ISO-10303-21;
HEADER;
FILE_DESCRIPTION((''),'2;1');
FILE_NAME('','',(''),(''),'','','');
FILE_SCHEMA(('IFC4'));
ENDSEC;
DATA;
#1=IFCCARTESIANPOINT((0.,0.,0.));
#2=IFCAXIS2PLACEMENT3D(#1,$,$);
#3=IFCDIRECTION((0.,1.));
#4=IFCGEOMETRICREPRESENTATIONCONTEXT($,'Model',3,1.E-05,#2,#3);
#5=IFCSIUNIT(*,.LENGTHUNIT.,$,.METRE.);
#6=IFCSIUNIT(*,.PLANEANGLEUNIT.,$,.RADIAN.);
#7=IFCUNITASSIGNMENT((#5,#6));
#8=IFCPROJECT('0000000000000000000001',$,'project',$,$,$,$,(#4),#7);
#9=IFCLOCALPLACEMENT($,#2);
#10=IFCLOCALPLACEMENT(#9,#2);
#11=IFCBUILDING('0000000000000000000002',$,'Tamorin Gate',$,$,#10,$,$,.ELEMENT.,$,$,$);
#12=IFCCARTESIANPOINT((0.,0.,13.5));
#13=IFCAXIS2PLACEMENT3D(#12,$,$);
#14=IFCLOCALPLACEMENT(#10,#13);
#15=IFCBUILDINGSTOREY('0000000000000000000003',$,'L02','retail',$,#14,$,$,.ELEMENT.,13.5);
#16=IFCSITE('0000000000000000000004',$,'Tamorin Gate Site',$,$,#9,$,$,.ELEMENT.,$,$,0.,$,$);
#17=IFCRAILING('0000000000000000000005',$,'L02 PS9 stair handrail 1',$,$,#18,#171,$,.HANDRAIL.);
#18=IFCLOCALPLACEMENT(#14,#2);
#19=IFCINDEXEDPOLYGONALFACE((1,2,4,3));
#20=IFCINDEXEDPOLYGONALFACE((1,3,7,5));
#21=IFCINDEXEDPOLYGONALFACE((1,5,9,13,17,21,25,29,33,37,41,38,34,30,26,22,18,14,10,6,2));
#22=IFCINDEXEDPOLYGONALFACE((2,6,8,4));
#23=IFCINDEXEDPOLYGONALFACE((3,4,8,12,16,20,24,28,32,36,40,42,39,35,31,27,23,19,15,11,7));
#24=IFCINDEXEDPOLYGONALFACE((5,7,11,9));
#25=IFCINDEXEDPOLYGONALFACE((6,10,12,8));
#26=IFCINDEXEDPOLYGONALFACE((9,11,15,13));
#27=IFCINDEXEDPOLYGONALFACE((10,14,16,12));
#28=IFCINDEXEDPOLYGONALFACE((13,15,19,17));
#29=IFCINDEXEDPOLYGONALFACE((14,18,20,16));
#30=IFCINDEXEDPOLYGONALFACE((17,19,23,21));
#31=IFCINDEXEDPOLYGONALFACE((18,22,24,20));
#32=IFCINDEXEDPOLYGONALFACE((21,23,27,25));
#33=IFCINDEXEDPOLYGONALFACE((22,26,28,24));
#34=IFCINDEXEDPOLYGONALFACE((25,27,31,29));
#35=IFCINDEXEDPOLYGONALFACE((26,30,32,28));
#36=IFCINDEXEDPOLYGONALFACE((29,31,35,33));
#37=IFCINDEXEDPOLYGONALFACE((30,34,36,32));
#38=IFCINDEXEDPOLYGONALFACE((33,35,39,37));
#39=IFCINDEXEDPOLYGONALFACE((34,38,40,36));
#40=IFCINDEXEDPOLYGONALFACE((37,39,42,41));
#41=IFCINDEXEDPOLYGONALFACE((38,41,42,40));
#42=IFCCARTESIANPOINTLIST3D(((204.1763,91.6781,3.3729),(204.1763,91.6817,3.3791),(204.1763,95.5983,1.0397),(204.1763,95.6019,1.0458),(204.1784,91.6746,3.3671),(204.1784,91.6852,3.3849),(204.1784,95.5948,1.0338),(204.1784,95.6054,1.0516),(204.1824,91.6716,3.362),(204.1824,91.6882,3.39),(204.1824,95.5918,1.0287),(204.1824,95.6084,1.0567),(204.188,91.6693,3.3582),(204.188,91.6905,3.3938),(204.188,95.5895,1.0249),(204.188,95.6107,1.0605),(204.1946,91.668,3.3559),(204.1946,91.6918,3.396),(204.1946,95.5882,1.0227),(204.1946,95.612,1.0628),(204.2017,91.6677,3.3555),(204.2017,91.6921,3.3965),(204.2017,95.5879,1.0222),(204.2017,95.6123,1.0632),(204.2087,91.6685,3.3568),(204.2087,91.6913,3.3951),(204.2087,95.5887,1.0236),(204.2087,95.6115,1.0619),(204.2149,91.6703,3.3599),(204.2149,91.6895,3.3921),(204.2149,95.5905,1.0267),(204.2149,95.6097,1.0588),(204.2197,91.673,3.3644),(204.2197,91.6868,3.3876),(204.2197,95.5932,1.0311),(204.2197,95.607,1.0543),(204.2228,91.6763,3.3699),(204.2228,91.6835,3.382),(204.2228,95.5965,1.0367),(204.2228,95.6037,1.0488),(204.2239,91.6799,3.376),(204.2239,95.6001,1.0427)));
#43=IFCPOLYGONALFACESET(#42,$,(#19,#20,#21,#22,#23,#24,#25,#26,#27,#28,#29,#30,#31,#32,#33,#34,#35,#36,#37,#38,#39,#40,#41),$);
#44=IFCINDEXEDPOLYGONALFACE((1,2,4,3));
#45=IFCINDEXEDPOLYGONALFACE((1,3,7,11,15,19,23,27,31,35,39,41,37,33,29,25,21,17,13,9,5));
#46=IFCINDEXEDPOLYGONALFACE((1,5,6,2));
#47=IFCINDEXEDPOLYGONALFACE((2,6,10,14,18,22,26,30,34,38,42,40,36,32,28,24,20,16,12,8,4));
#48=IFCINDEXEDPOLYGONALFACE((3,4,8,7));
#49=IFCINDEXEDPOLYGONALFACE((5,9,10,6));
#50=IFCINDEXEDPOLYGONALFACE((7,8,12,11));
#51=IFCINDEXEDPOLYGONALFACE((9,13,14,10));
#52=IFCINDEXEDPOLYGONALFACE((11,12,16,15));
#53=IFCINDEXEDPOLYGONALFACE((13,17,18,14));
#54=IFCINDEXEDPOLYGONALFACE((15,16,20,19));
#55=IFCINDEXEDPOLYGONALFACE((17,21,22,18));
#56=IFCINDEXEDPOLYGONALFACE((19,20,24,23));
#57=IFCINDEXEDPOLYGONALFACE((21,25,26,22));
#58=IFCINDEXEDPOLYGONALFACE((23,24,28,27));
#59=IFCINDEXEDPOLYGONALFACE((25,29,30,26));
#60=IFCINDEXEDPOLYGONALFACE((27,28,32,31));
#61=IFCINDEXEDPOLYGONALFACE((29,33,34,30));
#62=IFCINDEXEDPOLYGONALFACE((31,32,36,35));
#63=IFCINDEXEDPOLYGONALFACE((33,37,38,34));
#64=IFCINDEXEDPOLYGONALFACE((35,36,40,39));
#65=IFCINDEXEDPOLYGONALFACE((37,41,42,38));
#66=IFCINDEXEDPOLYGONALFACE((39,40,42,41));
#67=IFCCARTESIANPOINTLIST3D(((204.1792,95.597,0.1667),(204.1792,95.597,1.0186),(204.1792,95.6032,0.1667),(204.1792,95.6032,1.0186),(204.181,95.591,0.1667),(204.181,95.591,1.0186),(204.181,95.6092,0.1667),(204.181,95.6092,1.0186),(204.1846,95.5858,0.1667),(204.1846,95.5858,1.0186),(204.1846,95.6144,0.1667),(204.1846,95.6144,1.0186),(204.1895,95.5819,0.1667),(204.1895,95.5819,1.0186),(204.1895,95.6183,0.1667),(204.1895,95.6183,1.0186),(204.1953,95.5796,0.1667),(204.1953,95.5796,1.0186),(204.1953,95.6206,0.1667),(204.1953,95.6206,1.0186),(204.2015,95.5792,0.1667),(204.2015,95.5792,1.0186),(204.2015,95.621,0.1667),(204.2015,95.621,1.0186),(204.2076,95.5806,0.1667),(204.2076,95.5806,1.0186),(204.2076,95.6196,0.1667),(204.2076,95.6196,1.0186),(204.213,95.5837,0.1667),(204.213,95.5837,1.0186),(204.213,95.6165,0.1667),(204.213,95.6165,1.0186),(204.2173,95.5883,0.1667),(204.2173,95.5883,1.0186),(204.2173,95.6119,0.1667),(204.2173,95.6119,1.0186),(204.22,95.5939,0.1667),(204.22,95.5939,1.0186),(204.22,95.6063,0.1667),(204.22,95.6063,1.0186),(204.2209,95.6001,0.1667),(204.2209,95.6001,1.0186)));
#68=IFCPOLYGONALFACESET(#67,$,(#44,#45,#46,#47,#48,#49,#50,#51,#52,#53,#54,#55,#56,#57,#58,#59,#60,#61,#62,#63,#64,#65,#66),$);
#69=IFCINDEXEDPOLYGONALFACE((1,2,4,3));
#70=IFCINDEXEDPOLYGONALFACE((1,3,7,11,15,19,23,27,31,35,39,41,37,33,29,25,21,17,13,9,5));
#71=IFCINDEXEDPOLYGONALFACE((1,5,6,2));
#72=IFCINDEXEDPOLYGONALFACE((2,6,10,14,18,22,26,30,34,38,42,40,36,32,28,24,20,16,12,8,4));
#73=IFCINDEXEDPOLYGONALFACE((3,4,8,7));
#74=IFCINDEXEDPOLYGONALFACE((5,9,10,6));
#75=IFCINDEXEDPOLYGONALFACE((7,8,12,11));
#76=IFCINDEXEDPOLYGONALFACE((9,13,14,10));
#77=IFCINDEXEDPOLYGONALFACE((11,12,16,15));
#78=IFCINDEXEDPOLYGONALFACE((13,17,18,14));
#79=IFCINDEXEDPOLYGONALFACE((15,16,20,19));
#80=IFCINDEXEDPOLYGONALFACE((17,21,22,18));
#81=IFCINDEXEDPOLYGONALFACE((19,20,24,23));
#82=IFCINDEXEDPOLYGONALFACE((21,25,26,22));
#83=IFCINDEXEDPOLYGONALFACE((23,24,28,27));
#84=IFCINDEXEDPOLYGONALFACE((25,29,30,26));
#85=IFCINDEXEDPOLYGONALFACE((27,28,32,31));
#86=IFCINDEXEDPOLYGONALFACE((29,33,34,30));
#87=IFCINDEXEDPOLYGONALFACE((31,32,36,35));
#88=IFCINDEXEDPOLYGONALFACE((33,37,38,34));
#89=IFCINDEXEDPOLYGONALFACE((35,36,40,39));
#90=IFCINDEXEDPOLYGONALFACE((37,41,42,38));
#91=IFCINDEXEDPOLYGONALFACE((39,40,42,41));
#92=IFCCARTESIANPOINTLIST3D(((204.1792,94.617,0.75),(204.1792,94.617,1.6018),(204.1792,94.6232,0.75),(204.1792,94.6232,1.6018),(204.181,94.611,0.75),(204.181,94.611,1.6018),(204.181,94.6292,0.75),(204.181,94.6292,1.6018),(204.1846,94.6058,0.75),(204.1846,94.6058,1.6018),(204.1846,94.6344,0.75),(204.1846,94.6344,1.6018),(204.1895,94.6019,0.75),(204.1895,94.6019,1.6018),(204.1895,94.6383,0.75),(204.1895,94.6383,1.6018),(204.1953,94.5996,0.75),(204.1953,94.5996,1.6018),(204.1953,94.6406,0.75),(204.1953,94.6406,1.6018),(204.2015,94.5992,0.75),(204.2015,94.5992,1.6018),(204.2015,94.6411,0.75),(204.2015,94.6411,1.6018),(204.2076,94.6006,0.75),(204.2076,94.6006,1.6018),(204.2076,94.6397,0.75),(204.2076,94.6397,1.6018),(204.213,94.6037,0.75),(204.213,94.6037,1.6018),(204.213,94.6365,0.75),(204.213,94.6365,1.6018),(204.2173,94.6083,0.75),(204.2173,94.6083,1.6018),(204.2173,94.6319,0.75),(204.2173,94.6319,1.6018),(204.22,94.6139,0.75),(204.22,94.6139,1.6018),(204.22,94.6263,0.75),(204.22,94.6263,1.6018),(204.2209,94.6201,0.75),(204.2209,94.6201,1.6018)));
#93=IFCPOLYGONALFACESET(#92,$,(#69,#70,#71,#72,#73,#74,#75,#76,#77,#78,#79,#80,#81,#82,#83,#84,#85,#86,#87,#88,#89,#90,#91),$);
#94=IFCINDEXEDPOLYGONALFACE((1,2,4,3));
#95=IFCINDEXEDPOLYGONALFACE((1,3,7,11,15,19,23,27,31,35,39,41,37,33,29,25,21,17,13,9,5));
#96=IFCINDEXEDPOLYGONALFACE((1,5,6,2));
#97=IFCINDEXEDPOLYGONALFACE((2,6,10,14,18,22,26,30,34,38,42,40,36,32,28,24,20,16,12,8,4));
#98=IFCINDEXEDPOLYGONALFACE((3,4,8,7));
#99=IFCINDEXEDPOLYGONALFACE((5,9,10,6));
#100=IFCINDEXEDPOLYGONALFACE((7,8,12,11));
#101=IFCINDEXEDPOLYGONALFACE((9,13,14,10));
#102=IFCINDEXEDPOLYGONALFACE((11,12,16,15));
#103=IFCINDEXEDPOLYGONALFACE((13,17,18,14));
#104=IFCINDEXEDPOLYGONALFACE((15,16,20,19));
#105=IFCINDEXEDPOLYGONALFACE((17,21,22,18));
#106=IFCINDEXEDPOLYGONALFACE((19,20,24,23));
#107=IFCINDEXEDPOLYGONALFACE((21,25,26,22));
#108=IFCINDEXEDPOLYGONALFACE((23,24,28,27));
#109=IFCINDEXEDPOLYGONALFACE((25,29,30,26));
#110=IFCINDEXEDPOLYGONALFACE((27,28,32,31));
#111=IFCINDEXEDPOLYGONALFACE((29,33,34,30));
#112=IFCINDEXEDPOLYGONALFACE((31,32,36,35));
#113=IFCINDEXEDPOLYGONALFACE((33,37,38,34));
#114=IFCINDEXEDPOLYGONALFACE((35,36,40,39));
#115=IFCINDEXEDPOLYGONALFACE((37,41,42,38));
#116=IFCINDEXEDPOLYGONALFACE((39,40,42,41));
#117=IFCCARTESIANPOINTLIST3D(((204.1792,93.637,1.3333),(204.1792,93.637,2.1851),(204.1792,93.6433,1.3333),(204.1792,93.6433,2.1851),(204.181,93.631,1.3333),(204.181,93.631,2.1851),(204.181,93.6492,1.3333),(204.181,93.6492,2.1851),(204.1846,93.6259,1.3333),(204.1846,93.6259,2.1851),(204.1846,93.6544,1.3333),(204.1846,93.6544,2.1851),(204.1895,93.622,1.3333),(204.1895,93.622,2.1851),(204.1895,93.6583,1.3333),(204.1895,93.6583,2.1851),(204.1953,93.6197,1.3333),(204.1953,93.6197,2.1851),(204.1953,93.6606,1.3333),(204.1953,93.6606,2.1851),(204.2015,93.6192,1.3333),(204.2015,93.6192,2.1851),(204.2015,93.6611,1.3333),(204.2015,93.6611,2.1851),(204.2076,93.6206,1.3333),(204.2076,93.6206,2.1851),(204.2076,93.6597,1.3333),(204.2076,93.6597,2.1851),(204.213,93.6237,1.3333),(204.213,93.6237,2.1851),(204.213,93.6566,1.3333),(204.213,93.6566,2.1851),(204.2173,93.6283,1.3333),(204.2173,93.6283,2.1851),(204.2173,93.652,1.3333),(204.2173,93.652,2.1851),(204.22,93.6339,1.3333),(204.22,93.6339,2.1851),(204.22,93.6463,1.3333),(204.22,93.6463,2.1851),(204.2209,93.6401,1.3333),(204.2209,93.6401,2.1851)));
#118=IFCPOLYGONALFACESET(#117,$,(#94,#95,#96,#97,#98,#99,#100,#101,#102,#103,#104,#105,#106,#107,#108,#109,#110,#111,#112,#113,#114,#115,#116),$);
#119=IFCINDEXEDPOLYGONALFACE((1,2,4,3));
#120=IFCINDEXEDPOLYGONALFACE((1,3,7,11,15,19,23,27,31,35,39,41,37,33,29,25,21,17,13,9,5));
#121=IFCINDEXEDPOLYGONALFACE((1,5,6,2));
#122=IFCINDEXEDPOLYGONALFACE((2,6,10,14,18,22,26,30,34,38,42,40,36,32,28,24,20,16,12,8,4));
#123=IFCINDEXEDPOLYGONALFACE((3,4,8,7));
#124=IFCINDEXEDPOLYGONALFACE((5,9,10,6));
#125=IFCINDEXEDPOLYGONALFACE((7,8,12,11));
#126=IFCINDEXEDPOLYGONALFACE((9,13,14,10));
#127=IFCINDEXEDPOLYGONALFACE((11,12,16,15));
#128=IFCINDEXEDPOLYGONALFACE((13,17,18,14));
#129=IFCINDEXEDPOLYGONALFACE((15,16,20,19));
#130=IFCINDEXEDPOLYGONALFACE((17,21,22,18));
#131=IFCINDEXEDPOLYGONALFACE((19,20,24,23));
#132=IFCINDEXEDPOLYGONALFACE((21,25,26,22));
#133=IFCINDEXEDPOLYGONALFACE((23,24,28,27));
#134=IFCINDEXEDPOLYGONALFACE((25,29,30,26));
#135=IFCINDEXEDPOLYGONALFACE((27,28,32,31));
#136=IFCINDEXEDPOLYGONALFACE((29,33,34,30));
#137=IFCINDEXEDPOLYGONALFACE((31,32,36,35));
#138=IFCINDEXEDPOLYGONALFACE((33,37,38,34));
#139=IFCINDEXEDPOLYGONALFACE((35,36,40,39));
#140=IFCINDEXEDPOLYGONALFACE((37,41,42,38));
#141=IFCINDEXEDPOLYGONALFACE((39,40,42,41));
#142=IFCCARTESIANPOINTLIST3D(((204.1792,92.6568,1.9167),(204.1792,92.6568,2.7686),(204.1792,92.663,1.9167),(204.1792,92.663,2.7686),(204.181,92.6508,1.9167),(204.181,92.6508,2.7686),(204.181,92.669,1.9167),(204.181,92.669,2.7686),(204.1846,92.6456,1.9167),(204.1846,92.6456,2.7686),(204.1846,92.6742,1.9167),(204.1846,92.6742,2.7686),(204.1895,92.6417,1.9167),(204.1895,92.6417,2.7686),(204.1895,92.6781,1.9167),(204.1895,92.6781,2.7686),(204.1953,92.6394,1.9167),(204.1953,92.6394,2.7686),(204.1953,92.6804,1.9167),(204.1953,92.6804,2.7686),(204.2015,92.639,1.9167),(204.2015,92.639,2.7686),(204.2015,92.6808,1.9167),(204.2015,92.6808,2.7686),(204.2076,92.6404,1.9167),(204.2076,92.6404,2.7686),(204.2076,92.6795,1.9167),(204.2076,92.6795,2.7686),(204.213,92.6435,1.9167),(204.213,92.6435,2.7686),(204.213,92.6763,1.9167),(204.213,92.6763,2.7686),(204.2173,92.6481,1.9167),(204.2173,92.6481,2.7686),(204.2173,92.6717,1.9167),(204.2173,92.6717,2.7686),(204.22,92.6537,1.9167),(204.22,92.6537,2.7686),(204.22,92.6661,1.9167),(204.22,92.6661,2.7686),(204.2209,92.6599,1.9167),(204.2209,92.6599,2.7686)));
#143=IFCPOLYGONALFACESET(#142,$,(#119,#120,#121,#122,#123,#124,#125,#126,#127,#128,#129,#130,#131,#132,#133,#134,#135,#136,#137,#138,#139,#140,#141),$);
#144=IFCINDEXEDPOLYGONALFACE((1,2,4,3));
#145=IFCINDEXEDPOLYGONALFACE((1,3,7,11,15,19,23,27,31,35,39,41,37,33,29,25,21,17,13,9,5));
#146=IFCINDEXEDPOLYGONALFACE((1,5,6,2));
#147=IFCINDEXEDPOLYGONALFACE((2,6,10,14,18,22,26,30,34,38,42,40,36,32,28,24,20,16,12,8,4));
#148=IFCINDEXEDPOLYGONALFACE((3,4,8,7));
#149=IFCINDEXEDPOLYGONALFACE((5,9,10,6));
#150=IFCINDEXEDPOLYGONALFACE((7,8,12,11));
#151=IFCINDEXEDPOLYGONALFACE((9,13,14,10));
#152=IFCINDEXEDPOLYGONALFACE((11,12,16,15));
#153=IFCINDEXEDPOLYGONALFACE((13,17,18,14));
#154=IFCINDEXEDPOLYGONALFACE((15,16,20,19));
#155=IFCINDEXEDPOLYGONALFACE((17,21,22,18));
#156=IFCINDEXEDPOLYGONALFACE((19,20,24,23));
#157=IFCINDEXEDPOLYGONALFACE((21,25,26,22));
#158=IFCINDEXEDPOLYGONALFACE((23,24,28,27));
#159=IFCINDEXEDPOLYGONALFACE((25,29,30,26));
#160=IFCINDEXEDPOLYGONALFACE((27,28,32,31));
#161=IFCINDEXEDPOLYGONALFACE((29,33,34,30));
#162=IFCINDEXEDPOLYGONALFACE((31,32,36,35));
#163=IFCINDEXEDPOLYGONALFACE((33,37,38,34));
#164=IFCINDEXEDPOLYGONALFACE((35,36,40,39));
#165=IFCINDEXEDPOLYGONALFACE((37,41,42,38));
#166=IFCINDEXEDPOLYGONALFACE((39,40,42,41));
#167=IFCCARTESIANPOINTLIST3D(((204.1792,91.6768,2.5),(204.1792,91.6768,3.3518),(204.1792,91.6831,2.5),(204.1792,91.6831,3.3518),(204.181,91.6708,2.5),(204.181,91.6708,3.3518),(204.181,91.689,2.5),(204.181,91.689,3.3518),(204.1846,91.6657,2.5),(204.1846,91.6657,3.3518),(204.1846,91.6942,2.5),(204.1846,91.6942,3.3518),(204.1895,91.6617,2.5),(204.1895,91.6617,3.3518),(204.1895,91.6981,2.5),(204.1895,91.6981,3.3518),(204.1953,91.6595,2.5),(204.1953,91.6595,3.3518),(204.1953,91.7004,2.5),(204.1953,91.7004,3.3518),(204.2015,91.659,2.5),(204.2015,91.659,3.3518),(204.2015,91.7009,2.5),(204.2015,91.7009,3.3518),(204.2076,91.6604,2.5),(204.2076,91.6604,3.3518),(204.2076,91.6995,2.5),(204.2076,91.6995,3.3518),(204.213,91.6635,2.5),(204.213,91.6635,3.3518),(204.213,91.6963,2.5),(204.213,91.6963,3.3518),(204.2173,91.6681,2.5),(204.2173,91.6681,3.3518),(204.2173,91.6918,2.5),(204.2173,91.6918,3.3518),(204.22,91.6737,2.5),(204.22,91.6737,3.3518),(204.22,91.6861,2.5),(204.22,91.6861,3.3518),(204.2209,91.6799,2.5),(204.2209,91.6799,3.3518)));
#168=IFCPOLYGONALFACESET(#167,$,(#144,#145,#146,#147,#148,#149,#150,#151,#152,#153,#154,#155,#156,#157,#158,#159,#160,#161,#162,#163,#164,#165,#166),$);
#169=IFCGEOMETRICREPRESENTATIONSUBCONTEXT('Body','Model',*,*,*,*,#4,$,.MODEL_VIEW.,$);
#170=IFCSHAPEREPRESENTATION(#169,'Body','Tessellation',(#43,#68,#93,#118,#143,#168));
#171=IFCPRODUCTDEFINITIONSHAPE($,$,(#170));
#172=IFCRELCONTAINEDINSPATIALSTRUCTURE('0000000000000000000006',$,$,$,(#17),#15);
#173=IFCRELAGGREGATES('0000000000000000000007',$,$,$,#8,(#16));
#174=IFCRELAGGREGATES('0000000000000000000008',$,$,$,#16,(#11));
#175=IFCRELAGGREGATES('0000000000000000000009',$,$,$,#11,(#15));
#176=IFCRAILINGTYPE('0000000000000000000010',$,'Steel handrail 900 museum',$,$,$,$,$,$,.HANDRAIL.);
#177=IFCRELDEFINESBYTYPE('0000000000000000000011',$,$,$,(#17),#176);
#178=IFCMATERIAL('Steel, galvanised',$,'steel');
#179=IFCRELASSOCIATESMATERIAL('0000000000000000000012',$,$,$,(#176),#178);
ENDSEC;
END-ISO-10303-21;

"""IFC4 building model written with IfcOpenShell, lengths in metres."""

from ifc_helpers import new_model, si_unit, direction, frame, origin, origin_2d, place, context, subcontext, project, spatial, circle, extrude, material, type_object, element, save


model = new_model("IFC4")

# Units and contexts
model_context = context("Model", 3, precision=1e-05, world=origin(), true_north=direction((0.0, 1.0)))
body_context = subcontext(model_context, "Body", "Model", "MODEL_VIEW")
ifc_project = project(units=[si_unit("LENGTHUNIT", "METRE"), si_unit("PLANEANGLEUNIT", "RADIAN")], contexts=[model_context])

# Site, building, storey
site_placement = place(None, origin())
site = spatial("IfcSite", under=ifc_project, at=site_placement, Name="Tamorin Gate Site", CompositionType="ELEMENT", RefElevation=0.0)
building_placement = place(site_placement, origin())
building = spatial("IfcBuilding", under=site, at=building_placement, Name="Tamorin Gate", CompositionType="ELEMENT")
storey_placement = place(building_placement, frame((0.0, 0.0, 13.5)))
storey = spatial("IfcBuildingStorey", under=building, at=storey_placement, Name="L02", Description="retail", CompositionType="ELEMENT", Elevation=13.5)

# Railing
ifc_material_1 = material(Name="Steel, galvanised", Category="steel")
railing_type_1 = type_object("IfcRailingType", Name="Steel handrail 900 museum", PredefinedType="HANDRAIL", material=ifc_material_1)
railing_1_placement = place(storey_placement, frame((204.2, 95.6001, 0.1667)))
element("IfcRailing", 1, at=railing_1_placement, inside=storey, type_object=railing_type_1, Name="L02 PS9 stair handrail 1", PredefinedType="HANDRAIL", context=body_context, shape_type="SweptSolid", body=[
    extrude(circle(Radius=0.0239, at=origin_2d()), frame((0.0, 0.0, 0.876), z_axis=(0.0, -0.85931, 0.511455), x_axis=(1.0, 0.0, 0.0)), (0.0, 0.0, 1.0), 4.562),
    extrude(circle(Radius=0.021, at=origin_2d()), origin(), (0.0, 0.0, 1.0), 0.8518),
    extrude(circle(Radius=0.021, at=origin_2d()), frame((0.0, -0.98, 0.5833)), (0.0, 0.0, 1.0), 0.8518),
    extrude(circle(Radius=0.021, at=origin_2d()), frame((0.0, -1.96, 1.1665)), (0.0, 0.0, 1.0), 0.8518),
    extrude(circle(Radius=0.021, at=origin_2d()), frame((0.0, -2.9402, 1.75)), (0.0, 0.0, 1.0), 0.8518),
    extrude(circle(Radius=0.021, at=origin_2d()), frame((0.0, -3.9202, 2.3333)), (0.0, 0.0, 1.0), 0.8518),
])

save(model, "model.ifc")
